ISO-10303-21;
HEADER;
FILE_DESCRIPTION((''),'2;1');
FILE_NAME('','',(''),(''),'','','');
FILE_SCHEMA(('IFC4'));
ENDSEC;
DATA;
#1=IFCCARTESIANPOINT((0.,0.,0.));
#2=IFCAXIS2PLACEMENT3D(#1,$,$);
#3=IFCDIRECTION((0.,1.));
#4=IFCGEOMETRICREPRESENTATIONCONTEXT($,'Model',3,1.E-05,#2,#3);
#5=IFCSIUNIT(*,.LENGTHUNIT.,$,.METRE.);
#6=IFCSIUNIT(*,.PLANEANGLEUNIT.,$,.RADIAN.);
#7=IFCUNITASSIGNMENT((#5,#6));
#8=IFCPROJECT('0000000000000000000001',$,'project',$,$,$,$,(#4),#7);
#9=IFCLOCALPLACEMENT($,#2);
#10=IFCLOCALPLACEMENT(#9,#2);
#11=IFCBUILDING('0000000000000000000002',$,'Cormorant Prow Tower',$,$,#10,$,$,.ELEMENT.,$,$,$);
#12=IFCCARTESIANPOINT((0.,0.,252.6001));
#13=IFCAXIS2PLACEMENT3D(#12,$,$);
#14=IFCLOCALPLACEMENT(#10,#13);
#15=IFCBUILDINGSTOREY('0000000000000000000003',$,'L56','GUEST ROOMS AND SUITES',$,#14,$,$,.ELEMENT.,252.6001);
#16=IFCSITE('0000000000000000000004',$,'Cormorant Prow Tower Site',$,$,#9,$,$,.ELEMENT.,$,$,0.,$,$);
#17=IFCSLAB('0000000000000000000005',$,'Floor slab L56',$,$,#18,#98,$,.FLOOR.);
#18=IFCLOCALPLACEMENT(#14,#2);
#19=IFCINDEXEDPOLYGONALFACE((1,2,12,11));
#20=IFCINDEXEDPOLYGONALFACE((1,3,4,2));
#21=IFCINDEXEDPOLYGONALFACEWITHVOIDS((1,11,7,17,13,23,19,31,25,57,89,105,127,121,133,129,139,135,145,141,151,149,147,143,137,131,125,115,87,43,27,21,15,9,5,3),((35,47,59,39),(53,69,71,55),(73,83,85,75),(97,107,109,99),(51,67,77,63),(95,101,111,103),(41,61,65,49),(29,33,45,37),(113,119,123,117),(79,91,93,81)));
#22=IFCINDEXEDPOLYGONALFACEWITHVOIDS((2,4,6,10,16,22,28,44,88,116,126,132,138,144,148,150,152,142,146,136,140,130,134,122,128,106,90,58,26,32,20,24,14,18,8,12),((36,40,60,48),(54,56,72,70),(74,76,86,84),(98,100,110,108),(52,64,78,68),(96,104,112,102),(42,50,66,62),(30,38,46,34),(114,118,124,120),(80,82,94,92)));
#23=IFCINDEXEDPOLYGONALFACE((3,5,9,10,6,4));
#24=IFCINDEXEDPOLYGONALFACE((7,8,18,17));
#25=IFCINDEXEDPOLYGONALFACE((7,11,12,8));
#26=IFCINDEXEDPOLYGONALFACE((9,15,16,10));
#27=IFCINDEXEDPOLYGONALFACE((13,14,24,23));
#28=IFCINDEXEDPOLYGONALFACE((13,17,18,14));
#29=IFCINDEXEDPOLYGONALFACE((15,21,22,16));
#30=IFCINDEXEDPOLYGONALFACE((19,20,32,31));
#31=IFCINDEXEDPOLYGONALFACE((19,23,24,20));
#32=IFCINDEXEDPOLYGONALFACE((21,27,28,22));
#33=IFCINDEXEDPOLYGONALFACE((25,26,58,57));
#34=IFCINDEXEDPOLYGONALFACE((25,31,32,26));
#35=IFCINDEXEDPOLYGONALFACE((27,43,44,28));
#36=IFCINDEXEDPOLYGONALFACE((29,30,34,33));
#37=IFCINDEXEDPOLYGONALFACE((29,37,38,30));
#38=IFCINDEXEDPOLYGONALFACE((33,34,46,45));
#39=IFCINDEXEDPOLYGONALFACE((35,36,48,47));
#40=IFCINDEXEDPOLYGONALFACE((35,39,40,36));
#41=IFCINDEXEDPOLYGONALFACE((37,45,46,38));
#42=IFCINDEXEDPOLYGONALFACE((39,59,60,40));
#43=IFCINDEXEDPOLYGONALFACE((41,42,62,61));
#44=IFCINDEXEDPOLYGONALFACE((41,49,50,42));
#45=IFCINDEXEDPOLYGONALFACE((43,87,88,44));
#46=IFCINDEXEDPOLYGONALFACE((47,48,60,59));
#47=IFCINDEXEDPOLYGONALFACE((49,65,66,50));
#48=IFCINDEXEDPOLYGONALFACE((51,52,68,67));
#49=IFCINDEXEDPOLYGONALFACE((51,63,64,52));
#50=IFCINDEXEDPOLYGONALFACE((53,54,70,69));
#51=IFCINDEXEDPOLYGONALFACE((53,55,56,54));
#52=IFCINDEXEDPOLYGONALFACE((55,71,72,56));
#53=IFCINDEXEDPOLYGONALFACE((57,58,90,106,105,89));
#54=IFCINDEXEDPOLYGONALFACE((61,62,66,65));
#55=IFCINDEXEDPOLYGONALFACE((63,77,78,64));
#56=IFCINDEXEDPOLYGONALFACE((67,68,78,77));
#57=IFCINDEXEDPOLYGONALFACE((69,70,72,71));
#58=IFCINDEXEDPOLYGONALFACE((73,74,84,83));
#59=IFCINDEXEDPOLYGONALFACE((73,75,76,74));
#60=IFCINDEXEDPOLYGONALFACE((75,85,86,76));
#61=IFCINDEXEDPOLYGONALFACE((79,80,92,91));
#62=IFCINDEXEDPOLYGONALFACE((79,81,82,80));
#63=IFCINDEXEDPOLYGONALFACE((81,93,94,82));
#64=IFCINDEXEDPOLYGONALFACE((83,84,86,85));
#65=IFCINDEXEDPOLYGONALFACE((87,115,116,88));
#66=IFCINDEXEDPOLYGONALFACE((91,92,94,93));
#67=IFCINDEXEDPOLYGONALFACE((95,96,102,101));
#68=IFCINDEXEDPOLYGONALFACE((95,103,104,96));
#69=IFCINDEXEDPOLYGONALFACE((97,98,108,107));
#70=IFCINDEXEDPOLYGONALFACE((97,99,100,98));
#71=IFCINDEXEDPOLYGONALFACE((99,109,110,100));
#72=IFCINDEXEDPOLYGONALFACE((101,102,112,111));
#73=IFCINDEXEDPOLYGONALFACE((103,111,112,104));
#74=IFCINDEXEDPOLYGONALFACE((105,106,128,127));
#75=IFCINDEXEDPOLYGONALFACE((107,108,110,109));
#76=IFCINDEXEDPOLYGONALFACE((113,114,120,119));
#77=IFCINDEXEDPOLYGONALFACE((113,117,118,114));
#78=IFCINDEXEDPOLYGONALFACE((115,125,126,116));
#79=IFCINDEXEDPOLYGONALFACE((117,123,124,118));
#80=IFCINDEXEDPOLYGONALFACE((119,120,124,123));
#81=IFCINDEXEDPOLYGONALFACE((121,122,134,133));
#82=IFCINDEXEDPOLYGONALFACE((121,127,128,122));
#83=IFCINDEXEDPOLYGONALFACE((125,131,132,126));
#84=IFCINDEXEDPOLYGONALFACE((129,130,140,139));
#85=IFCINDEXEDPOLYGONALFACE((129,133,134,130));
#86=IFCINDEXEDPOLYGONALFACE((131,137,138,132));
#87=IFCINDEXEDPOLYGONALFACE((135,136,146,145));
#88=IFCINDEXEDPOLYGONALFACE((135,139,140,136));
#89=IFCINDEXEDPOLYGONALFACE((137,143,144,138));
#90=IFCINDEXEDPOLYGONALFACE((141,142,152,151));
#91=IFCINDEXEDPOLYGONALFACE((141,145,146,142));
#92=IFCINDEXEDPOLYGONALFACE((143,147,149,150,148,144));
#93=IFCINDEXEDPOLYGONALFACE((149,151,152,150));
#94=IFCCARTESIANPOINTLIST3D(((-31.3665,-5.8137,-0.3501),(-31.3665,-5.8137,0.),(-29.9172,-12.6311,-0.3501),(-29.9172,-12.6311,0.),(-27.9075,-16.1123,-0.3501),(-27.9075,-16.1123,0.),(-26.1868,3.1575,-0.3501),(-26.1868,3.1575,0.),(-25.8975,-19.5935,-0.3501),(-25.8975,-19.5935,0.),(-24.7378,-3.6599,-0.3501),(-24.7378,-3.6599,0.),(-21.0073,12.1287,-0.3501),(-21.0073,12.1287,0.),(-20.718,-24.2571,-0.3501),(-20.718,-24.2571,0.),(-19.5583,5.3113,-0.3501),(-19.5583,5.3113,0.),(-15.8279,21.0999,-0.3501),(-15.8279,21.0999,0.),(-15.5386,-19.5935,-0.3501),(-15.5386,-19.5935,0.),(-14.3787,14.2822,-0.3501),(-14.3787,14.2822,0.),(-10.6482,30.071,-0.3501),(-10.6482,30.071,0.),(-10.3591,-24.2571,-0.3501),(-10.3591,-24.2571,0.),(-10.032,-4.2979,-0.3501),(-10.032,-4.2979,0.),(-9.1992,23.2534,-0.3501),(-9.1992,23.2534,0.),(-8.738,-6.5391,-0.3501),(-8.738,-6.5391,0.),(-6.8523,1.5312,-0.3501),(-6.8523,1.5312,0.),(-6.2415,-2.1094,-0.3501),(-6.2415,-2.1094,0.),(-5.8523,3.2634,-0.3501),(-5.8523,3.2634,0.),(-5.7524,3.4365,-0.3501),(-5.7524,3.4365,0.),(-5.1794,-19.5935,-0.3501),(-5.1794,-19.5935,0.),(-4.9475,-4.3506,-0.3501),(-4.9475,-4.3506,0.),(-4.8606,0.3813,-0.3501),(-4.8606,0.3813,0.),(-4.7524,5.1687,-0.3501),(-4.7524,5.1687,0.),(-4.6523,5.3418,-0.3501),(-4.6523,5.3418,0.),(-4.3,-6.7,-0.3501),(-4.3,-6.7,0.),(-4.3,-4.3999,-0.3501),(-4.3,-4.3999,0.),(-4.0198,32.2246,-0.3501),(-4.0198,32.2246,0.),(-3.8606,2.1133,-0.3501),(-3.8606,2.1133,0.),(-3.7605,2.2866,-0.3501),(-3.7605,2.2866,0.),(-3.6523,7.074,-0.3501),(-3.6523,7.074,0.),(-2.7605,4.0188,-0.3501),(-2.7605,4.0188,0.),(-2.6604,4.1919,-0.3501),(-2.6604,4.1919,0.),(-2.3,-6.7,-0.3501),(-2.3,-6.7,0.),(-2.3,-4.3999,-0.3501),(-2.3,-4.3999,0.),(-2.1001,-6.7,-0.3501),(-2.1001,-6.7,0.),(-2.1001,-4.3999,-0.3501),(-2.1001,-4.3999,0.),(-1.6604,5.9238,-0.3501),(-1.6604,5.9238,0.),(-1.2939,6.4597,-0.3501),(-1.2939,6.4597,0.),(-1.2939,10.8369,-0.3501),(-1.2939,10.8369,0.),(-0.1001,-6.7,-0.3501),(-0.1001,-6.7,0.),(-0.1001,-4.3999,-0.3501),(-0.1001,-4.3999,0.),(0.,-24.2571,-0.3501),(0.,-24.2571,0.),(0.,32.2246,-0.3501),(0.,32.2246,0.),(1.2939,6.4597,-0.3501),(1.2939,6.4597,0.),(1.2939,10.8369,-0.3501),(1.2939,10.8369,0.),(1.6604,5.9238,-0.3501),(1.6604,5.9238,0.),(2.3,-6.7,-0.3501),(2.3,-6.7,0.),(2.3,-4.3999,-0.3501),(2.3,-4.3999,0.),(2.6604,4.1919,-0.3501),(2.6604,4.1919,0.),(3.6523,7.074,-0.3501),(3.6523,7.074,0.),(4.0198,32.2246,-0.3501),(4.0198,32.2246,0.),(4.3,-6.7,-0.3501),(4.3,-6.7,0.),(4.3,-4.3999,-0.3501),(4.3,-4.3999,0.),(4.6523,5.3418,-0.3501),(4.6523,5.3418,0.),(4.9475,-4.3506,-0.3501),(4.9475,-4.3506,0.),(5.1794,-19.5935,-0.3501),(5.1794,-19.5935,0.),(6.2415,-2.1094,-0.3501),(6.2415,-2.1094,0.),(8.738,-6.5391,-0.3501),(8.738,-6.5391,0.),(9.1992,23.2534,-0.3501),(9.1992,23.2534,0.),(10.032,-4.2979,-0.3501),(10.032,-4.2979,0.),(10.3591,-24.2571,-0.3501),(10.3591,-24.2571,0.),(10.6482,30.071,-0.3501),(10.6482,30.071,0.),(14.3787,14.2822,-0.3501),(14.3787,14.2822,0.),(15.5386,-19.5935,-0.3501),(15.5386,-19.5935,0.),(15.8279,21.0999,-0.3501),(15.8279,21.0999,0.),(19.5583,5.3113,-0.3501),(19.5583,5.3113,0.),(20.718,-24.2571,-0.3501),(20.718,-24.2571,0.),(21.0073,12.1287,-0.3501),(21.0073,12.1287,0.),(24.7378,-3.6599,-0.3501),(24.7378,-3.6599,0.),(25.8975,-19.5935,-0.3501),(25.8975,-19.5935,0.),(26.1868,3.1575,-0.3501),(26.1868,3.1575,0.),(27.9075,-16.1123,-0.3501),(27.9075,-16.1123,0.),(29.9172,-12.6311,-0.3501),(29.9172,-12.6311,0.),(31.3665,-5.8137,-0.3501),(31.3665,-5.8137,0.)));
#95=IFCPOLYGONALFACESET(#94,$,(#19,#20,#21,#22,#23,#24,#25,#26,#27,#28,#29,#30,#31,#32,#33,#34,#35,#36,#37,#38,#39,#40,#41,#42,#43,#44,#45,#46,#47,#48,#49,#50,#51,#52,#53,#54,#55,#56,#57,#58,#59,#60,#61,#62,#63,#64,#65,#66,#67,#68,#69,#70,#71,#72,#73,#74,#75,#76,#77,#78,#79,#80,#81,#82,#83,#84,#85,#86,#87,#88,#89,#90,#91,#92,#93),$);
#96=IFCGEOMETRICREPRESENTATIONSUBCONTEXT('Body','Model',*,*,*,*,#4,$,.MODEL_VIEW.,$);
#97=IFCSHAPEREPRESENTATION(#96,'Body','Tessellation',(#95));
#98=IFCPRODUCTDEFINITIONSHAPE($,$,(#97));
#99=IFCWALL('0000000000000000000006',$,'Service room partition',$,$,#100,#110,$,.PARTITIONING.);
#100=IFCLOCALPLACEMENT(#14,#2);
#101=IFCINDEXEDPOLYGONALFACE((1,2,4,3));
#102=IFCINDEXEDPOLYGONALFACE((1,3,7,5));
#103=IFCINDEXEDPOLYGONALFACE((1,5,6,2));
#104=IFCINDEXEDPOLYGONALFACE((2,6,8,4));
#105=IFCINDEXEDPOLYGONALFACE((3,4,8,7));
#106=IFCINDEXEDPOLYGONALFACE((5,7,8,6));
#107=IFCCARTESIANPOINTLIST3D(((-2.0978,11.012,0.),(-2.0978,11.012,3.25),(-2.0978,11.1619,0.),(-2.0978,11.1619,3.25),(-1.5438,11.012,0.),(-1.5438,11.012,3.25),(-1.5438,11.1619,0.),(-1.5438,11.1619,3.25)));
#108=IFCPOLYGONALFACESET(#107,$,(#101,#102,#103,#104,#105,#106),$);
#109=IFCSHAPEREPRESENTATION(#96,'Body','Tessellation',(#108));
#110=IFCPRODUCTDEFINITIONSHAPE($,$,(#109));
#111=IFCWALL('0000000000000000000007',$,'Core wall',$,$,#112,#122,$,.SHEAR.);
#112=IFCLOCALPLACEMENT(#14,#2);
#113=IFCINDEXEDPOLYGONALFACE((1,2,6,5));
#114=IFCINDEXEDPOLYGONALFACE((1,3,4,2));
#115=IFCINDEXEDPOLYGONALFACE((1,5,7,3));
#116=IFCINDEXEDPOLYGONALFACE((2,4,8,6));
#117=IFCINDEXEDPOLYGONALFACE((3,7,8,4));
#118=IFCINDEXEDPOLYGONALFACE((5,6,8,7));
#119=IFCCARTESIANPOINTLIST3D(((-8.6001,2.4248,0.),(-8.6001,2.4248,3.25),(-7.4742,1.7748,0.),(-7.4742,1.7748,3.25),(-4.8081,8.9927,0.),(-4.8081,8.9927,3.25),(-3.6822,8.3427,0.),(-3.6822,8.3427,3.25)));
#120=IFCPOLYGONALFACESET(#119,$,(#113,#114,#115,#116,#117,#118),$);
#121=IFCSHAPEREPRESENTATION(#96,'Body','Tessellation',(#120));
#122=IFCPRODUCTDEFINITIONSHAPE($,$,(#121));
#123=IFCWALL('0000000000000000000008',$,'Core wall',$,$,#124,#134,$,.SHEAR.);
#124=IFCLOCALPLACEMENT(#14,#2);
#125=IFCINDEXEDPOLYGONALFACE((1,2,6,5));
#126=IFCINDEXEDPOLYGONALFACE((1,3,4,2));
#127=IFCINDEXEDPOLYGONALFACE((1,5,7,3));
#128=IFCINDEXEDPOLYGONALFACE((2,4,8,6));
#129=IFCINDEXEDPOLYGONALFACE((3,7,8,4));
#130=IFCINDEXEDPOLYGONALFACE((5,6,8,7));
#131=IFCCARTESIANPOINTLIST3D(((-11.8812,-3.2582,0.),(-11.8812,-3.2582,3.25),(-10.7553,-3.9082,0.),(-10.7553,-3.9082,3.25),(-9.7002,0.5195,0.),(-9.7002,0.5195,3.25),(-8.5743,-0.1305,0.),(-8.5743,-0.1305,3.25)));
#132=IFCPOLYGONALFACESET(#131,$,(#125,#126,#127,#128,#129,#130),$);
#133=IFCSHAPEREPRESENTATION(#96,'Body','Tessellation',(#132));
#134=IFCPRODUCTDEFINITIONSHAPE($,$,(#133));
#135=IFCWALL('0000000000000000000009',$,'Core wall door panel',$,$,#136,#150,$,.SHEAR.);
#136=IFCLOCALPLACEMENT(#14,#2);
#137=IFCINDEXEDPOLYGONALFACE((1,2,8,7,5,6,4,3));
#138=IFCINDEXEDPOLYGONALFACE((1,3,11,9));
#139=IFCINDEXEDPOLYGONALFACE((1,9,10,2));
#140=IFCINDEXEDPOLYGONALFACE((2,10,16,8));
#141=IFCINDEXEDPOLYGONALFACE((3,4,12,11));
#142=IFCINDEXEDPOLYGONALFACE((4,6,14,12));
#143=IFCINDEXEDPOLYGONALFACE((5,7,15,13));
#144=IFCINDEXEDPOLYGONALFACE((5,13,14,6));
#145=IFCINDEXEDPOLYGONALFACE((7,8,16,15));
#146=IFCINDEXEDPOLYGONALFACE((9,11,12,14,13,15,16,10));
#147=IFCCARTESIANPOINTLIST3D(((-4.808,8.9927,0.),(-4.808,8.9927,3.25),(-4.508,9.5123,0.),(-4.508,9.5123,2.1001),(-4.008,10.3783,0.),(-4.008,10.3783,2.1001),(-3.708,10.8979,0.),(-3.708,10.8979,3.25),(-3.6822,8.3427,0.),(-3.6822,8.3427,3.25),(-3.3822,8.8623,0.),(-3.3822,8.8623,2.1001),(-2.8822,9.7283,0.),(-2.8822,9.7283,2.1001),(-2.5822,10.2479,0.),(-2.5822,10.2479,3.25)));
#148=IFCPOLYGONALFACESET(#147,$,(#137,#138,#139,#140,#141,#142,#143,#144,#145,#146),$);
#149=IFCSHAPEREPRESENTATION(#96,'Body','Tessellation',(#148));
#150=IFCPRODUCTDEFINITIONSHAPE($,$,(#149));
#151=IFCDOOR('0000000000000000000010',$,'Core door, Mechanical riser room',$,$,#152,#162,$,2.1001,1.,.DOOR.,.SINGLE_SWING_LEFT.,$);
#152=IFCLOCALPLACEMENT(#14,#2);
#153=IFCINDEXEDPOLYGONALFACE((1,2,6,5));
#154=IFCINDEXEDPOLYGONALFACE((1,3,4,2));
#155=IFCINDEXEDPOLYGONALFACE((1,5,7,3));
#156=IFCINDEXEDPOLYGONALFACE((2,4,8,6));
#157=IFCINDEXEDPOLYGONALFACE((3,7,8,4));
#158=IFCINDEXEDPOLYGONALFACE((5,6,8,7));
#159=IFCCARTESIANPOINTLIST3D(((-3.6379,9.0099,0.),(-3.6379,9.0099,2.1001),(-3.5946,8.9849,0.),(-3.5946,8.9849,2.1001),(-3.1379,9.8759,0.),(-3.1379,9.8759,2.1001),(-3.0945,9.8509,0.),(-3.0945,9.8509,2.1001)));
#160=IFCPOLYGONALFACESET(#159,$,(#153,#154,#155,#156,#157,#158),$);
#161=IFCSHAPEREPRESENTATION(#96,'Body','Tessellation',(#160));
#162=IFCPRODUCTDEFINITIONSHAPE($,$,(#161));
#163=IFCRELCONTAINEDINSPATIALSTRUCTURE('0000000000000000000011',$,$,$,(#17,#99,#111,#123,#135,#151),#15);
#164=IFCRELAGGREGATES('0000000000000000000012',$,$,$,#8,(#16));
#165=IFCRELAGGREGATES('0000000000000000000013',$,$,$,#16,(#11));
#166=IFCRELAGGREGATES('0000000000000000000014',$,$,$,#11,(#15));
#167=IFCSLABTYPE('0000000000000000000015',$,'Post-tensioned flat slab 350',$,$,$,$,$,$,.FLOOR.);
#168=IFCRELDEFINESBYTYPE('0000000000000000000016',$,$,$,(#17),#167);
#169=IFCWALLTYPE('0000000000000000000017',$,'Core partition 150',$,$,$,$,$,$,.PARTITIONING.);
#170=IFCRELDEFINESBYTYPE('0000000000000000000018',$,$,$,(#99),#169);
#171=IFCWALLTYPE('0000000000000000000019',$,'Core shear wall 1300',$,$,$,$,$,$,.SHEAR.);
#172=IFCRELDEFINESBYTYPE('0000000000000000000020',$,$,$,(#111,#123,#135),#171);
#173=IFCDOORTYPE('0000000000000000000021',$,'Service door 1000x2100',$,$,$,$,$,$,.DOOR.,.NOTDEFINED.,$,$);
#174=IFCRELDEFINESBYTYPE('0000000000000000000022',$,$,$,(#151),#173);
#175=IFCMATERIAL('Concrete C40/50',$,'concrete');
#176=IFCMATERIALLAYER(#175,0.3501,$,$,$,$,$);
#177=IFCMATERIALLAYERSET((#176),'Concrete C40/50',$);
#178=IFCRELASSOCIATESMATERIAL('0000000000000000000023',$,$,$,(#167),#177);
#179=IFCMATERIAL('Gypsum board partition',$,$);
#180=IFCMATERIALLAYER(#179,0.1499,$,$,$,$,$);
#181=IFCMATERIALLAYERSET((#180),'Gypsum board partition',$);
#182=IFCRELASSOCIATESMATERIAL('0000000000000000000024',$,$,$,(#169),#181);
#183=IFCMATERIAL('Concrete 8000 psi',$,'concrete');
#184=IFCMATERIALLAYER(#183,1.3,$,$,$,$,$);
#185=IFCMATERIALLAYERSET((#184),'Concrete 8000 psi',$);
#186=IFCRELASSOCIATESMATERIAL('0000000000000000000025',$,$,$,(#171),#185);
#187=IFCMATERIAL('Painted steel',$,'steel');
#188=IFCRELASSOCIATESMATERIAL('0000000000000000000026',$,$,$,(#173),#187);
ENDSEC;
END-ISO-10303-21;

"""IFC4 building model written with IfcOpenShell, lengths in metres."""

from ifc_helpers import new_model, si_unit, direction, frame, frame_2d, origin, place, context, subcontext, project, spatial, polyline, rectangle, outline, extrude, material, layer, layer_set, type_object, element, fill, save


model = new_model("IFC4")

# Units and contexts
model_context = context("Model", 3, precision=1e-05, world=origin(), true_north=direction((0.0, 1.0)))
body_context = subcontext(model_context, "Body", "Model", "MODEL_VIEW")
ifc_project = project(units=[si_unit("LENGTHUNIT", "METRE"), si_unit("PLANEANGLEUNIT", "RADIAN")], contexts=[model_context])

# Site, building, storey
site_placement = place(None, origin())
site = spatial("IfcSite", under=ifc_project, at=site_placement, Name="Cormorant Prow Tower Site", CompositionType="ELEMENT", RefElevation=0.0)
building_placement = place(site_placement, origin())
building = spatial("IfcBuilding", under=site, at=building_placement, Name="Cormorant Prow Tower", CompositionType="ELEMENT")
storey_placement = place(building_placement, frame((0.0, 0.0, 252.6001)))
storey = spatial("IfcBuildingStorey", under=building, at=storey_placement, Name="L56", Description="GUEST ROOMS AND SUITES", CompositionType="ELEMENT", Elevation=252.6001)

# Slab
ifc_material_1 = material(Name="Concrete C40/50", Category="concrete")
ifc_layer_1 = layer(ifc_material_1, 0.3501)
ifc_layer_set_1 = layer_set([ifc_layer_1], Name="Concrete C40/50")
slab_type_1 = type_object("IfcSlabType", Name="Post-tensioned flat slab 350", PredefinedType="FLOOR", material=ifc_layer_set_1)
slab_1_placement = place(storey_placement, frame((0.0, 0.0, -0.3501)))
element("IfcSlab", 1, at=slab_1_placement, inside=storey, type_object=slab_type_1, Name="Floor slab L56", PredefinedType="FLOOR", context=body_context, shape_type="SweptSolid", body=[
    extrude(outline(polyline([(-9.1992, 23.2534), (-15.8279, 21.0999), (-14.3787, 14.2822), (-21.0073, 12.1287), (-19.5583, 5.3113), (-26.1868, 3.1575), (-24.7378, -3.6599), (-31.3665, -5.8137), (-29.9172, -12.6311), (-27.9075, -16.1123), (-25.8975, -19.5935), (-20.718, -24.2571), (-15.5386, -19.5935), (-10.3591, -24.2571), (-5.1794, -19.5935), (0.0, -24.2571), (5.1794, -19.5935), (10.3591, -24.2571), (15.5386, -19.5935), (20.718, -24.2571), (25.8975, -19.5935), (27.9075, -16.1123), (29.9172, -12.6311), (31.3665, -5.8137), (24.7378, -3.6599), (26.1868, 3.1575), (19.5583, 5.3113), (21.0073, 12.1287), (14.3787, 14.2822), (15.8279, 21.0999), (9.1992, 23.2534), (10.6482, 30.071), (4.0198, 32.2246), (0.0, 32.2246), (-4.0198, 32.2246), (-10.6482, 30.071), (-9.1992, 23.2534)]), holes=[polyline([(-4.3, -4.3999), (-2.3, -4.3999), (-2.3, -6.7), (-4.3, -6.7), (-4.3, -4.3999)]), polyline([(-0.1001, -4.3999), (-0.1001, -6.7), (-2.1001, -6.7), (-2.1001, -4.3999), (-0.1001, -4.3999)]), polyline([(4.3, -6.7), (2.3, -6.7), (2.3, -4.3999), (4.3, -4.3999), (4.3, -6.7)]), polyline([(4.6523, 5.3418), (2.6604, 4.1919), (1.6604, 5.9238), (3.6523, 7.074), (4.6523, 5.3418)]), polyline([(-1.6604, 5.9238), (-2.6604, 4.1919), (-4.6523, 5.3418), (-3.6523, 7.074), (-1.6604, 5.9238)]), polyline([(-3.7605, 2.2866), (-5.7524, 3.4365), (-4.7524, 5.1687), (-2.7605, 4.0188), (-3.7605, 2.2866)]), polyline([(-6.8523, 1.5312), (-5.8523, 3.2634), (-3.8606, 2.1133), (-4.8606, 0.3813), (-6.8523, 1.5312)]), polyline([(-4.9475, -4.3506), (-8.738, -6.5391), (-10.032, -4.2979), (-6.2415, -2.1094), (-4.9475, -4.3506)]), polyline([(10.032, -4.2979), (8.738, -6.5391), (4.9475, -4.3506), (6.2415, -2.1094), (10.032, -4.2979)]), polyline([(1.2939, 10.8369), (1.2939, 6.4597), (-1.2939, 6.4597), (-1.2939, 10.8369), (1.2939, 10.8369)])]), origin(), (0.0, 0.0, 1.0), 0.3501),
])

# Walls
ifc_material_2 = material(Name="Gypsum board partition")
ifc_layer_2 = layer(ifc_material_2, 0.1499)
ifc_layer_set_2 = layer_set([ifc_layer_2], Name="Gypsum board partition")
wall_type_1 = type_object("IfcWallType", Name="Core partition 150", PredefinedType="PARTITIONING", material=ifc_layer_set_2)
wall_1_placement = place(storey_placement, frame((-1.5439, 11.0869, 0.0), z_axis=(0.0, 0.0, 1.0), x_axis=(-1.0, 0.0, 0.0)))
element("IfcWall", 2, at=wall_1_placement, inside=storey, type_object=wall_type_1, Name="Service room partition", PredefinedType="PARTITIONING", context=body_context, shape_type="SweptSolid", body=[
    extrude(rectangle(XDim=0.554, YDim=0.1499, at=frame_2d((0.2769, 0.0))), origin(), (0.0, 0.0, 1.0), 3.25),
])
ifc_material_3 = material(Name="Concrete 8000 psi", Category="concrete")
ifc_layer_3 = layer(ifc_material_3, 1.3)
ifc_layer_set_3 = layer_set([ifc_layer_3], Name="Concrete 8000 psi")
wall_type_2 = type_object("IfcWallType", Name="Core shear wall 1300", PredefinedType="SHEAR", material=ifc_layer_set_3)
wall_2_placement = place(storey_placement, frame((-4.2451, 8.6677, 0.0), z_axis=(0.0, 0.0, 1.0), x_axis=(-0.500003, -0.866024, 0.0)))
element("IfcWall", 3, at=wall_2_placement, inside=storey, type_object=wall_type_2, Name="Core wall", PredefinedType="SHEAR", context=body_context, shape_type="SweptSolid", body=[
    extrude(rectangle(XDim=7.584, YDim=1.3, at=frame_2d((3.792, 0.0))), origin(), (0.0, 0.0, 1.0), 3.25),
])
wall_3_placement = place(storey_placement, frame((-9.1372, 0.1946, 0.0), z_axis=(0.0, 0.0, 1.0), x_axis=(-0.499986, -0.866034, 0.0)))
element("IfcWall", 4, at=wall_3_placement, inside=storey, type_object=wall_type_2, Name="Core wall", PredefinedType="SHEAR", context=body_context, shape_type="SweptSolid", body=[
    extrude(rectangle(XDim=4.3621, YDim=1.3, at=frame_2d((2.1812, 0.0))), origin(), (0.0, 0.0, 1.0), 3.25),
])

# Wall, opening, door
wall_4_placement = place(storey_placement, frame((-3.145, 10.573, 0.0), z_axis=(0.0, 0.0, 1.0), x_axis=(-0.50003, -0.866008, 0.0)))
wall_4 = element("IfcWall", 5, at=wall_4_placement, inside=storey, type_object=wall_type_2, Name="Core wall door panel", PredefinedType="SHEAR", context=body_context, shape_type="SweptSolid", body=[
    extrude(rectangle(XDim=2.2, YDim=1.3, at=frame_2d((1.1001, 0.0))), origin(), (0.0, 0.0, 1.0), 3.25),
])
opening_1_placement = place(wall_4_placement, frame((0.6001, 0.0, 0.0)))
opening_1 = element("IfcOpeningElement", 6, at=opening_1_placement, cuts=wall_4, PredefinedType="OPENING", context=body_context, shape_type="SweptSolid", body=[
    extrude(rectangle(XDim=1.0, YDim=2.1001, at=frame_2d((0.5, 1.05))), frame((0.0, 0.6599, 0.0), z_axis=(0.0, -1.0, 0.0), x_axis=(1.0, 0.0, 0.0)), (0.0, 0.0, 1.0), 1.3201),
])
ifc_material_4 = material(Name="Painted steel", Category="steel")
door_type_1 = type_object("IfcDoorType", Name="Service door 1000x2100", OperationType="NOTDEFINED", PredefinedType="DOOR", material=ifc_material_4)
door_1_placement = place(opening_1_placement, origin())
door_1 = element("IfcDoor", 7, at=door_1_placement, inside=storey, type_object=door_type_1, Name="Core door, Mechanical riser room", OperationType="SINGLE_SWING_LEFT", OverallHeight=2.1001, OverallWidth=1.0, PredefinedType="DOOR", context=body_context, shape_type="SweptSolid", body=[
    extrude(rectangle(XDim=1.0, YDim=2.1001, at=frame_2d((0.5, 1.05))), frame((0.0, 0.4048, 0.0), z_axis=(0.0, -1.0, 0.0), x_axis=(1.0, 0.0, 0.0)), (0.0, 0.0, 1.0), 0.05),
])
fill(opening_1, door_1)

save(model, "model.ifc")
